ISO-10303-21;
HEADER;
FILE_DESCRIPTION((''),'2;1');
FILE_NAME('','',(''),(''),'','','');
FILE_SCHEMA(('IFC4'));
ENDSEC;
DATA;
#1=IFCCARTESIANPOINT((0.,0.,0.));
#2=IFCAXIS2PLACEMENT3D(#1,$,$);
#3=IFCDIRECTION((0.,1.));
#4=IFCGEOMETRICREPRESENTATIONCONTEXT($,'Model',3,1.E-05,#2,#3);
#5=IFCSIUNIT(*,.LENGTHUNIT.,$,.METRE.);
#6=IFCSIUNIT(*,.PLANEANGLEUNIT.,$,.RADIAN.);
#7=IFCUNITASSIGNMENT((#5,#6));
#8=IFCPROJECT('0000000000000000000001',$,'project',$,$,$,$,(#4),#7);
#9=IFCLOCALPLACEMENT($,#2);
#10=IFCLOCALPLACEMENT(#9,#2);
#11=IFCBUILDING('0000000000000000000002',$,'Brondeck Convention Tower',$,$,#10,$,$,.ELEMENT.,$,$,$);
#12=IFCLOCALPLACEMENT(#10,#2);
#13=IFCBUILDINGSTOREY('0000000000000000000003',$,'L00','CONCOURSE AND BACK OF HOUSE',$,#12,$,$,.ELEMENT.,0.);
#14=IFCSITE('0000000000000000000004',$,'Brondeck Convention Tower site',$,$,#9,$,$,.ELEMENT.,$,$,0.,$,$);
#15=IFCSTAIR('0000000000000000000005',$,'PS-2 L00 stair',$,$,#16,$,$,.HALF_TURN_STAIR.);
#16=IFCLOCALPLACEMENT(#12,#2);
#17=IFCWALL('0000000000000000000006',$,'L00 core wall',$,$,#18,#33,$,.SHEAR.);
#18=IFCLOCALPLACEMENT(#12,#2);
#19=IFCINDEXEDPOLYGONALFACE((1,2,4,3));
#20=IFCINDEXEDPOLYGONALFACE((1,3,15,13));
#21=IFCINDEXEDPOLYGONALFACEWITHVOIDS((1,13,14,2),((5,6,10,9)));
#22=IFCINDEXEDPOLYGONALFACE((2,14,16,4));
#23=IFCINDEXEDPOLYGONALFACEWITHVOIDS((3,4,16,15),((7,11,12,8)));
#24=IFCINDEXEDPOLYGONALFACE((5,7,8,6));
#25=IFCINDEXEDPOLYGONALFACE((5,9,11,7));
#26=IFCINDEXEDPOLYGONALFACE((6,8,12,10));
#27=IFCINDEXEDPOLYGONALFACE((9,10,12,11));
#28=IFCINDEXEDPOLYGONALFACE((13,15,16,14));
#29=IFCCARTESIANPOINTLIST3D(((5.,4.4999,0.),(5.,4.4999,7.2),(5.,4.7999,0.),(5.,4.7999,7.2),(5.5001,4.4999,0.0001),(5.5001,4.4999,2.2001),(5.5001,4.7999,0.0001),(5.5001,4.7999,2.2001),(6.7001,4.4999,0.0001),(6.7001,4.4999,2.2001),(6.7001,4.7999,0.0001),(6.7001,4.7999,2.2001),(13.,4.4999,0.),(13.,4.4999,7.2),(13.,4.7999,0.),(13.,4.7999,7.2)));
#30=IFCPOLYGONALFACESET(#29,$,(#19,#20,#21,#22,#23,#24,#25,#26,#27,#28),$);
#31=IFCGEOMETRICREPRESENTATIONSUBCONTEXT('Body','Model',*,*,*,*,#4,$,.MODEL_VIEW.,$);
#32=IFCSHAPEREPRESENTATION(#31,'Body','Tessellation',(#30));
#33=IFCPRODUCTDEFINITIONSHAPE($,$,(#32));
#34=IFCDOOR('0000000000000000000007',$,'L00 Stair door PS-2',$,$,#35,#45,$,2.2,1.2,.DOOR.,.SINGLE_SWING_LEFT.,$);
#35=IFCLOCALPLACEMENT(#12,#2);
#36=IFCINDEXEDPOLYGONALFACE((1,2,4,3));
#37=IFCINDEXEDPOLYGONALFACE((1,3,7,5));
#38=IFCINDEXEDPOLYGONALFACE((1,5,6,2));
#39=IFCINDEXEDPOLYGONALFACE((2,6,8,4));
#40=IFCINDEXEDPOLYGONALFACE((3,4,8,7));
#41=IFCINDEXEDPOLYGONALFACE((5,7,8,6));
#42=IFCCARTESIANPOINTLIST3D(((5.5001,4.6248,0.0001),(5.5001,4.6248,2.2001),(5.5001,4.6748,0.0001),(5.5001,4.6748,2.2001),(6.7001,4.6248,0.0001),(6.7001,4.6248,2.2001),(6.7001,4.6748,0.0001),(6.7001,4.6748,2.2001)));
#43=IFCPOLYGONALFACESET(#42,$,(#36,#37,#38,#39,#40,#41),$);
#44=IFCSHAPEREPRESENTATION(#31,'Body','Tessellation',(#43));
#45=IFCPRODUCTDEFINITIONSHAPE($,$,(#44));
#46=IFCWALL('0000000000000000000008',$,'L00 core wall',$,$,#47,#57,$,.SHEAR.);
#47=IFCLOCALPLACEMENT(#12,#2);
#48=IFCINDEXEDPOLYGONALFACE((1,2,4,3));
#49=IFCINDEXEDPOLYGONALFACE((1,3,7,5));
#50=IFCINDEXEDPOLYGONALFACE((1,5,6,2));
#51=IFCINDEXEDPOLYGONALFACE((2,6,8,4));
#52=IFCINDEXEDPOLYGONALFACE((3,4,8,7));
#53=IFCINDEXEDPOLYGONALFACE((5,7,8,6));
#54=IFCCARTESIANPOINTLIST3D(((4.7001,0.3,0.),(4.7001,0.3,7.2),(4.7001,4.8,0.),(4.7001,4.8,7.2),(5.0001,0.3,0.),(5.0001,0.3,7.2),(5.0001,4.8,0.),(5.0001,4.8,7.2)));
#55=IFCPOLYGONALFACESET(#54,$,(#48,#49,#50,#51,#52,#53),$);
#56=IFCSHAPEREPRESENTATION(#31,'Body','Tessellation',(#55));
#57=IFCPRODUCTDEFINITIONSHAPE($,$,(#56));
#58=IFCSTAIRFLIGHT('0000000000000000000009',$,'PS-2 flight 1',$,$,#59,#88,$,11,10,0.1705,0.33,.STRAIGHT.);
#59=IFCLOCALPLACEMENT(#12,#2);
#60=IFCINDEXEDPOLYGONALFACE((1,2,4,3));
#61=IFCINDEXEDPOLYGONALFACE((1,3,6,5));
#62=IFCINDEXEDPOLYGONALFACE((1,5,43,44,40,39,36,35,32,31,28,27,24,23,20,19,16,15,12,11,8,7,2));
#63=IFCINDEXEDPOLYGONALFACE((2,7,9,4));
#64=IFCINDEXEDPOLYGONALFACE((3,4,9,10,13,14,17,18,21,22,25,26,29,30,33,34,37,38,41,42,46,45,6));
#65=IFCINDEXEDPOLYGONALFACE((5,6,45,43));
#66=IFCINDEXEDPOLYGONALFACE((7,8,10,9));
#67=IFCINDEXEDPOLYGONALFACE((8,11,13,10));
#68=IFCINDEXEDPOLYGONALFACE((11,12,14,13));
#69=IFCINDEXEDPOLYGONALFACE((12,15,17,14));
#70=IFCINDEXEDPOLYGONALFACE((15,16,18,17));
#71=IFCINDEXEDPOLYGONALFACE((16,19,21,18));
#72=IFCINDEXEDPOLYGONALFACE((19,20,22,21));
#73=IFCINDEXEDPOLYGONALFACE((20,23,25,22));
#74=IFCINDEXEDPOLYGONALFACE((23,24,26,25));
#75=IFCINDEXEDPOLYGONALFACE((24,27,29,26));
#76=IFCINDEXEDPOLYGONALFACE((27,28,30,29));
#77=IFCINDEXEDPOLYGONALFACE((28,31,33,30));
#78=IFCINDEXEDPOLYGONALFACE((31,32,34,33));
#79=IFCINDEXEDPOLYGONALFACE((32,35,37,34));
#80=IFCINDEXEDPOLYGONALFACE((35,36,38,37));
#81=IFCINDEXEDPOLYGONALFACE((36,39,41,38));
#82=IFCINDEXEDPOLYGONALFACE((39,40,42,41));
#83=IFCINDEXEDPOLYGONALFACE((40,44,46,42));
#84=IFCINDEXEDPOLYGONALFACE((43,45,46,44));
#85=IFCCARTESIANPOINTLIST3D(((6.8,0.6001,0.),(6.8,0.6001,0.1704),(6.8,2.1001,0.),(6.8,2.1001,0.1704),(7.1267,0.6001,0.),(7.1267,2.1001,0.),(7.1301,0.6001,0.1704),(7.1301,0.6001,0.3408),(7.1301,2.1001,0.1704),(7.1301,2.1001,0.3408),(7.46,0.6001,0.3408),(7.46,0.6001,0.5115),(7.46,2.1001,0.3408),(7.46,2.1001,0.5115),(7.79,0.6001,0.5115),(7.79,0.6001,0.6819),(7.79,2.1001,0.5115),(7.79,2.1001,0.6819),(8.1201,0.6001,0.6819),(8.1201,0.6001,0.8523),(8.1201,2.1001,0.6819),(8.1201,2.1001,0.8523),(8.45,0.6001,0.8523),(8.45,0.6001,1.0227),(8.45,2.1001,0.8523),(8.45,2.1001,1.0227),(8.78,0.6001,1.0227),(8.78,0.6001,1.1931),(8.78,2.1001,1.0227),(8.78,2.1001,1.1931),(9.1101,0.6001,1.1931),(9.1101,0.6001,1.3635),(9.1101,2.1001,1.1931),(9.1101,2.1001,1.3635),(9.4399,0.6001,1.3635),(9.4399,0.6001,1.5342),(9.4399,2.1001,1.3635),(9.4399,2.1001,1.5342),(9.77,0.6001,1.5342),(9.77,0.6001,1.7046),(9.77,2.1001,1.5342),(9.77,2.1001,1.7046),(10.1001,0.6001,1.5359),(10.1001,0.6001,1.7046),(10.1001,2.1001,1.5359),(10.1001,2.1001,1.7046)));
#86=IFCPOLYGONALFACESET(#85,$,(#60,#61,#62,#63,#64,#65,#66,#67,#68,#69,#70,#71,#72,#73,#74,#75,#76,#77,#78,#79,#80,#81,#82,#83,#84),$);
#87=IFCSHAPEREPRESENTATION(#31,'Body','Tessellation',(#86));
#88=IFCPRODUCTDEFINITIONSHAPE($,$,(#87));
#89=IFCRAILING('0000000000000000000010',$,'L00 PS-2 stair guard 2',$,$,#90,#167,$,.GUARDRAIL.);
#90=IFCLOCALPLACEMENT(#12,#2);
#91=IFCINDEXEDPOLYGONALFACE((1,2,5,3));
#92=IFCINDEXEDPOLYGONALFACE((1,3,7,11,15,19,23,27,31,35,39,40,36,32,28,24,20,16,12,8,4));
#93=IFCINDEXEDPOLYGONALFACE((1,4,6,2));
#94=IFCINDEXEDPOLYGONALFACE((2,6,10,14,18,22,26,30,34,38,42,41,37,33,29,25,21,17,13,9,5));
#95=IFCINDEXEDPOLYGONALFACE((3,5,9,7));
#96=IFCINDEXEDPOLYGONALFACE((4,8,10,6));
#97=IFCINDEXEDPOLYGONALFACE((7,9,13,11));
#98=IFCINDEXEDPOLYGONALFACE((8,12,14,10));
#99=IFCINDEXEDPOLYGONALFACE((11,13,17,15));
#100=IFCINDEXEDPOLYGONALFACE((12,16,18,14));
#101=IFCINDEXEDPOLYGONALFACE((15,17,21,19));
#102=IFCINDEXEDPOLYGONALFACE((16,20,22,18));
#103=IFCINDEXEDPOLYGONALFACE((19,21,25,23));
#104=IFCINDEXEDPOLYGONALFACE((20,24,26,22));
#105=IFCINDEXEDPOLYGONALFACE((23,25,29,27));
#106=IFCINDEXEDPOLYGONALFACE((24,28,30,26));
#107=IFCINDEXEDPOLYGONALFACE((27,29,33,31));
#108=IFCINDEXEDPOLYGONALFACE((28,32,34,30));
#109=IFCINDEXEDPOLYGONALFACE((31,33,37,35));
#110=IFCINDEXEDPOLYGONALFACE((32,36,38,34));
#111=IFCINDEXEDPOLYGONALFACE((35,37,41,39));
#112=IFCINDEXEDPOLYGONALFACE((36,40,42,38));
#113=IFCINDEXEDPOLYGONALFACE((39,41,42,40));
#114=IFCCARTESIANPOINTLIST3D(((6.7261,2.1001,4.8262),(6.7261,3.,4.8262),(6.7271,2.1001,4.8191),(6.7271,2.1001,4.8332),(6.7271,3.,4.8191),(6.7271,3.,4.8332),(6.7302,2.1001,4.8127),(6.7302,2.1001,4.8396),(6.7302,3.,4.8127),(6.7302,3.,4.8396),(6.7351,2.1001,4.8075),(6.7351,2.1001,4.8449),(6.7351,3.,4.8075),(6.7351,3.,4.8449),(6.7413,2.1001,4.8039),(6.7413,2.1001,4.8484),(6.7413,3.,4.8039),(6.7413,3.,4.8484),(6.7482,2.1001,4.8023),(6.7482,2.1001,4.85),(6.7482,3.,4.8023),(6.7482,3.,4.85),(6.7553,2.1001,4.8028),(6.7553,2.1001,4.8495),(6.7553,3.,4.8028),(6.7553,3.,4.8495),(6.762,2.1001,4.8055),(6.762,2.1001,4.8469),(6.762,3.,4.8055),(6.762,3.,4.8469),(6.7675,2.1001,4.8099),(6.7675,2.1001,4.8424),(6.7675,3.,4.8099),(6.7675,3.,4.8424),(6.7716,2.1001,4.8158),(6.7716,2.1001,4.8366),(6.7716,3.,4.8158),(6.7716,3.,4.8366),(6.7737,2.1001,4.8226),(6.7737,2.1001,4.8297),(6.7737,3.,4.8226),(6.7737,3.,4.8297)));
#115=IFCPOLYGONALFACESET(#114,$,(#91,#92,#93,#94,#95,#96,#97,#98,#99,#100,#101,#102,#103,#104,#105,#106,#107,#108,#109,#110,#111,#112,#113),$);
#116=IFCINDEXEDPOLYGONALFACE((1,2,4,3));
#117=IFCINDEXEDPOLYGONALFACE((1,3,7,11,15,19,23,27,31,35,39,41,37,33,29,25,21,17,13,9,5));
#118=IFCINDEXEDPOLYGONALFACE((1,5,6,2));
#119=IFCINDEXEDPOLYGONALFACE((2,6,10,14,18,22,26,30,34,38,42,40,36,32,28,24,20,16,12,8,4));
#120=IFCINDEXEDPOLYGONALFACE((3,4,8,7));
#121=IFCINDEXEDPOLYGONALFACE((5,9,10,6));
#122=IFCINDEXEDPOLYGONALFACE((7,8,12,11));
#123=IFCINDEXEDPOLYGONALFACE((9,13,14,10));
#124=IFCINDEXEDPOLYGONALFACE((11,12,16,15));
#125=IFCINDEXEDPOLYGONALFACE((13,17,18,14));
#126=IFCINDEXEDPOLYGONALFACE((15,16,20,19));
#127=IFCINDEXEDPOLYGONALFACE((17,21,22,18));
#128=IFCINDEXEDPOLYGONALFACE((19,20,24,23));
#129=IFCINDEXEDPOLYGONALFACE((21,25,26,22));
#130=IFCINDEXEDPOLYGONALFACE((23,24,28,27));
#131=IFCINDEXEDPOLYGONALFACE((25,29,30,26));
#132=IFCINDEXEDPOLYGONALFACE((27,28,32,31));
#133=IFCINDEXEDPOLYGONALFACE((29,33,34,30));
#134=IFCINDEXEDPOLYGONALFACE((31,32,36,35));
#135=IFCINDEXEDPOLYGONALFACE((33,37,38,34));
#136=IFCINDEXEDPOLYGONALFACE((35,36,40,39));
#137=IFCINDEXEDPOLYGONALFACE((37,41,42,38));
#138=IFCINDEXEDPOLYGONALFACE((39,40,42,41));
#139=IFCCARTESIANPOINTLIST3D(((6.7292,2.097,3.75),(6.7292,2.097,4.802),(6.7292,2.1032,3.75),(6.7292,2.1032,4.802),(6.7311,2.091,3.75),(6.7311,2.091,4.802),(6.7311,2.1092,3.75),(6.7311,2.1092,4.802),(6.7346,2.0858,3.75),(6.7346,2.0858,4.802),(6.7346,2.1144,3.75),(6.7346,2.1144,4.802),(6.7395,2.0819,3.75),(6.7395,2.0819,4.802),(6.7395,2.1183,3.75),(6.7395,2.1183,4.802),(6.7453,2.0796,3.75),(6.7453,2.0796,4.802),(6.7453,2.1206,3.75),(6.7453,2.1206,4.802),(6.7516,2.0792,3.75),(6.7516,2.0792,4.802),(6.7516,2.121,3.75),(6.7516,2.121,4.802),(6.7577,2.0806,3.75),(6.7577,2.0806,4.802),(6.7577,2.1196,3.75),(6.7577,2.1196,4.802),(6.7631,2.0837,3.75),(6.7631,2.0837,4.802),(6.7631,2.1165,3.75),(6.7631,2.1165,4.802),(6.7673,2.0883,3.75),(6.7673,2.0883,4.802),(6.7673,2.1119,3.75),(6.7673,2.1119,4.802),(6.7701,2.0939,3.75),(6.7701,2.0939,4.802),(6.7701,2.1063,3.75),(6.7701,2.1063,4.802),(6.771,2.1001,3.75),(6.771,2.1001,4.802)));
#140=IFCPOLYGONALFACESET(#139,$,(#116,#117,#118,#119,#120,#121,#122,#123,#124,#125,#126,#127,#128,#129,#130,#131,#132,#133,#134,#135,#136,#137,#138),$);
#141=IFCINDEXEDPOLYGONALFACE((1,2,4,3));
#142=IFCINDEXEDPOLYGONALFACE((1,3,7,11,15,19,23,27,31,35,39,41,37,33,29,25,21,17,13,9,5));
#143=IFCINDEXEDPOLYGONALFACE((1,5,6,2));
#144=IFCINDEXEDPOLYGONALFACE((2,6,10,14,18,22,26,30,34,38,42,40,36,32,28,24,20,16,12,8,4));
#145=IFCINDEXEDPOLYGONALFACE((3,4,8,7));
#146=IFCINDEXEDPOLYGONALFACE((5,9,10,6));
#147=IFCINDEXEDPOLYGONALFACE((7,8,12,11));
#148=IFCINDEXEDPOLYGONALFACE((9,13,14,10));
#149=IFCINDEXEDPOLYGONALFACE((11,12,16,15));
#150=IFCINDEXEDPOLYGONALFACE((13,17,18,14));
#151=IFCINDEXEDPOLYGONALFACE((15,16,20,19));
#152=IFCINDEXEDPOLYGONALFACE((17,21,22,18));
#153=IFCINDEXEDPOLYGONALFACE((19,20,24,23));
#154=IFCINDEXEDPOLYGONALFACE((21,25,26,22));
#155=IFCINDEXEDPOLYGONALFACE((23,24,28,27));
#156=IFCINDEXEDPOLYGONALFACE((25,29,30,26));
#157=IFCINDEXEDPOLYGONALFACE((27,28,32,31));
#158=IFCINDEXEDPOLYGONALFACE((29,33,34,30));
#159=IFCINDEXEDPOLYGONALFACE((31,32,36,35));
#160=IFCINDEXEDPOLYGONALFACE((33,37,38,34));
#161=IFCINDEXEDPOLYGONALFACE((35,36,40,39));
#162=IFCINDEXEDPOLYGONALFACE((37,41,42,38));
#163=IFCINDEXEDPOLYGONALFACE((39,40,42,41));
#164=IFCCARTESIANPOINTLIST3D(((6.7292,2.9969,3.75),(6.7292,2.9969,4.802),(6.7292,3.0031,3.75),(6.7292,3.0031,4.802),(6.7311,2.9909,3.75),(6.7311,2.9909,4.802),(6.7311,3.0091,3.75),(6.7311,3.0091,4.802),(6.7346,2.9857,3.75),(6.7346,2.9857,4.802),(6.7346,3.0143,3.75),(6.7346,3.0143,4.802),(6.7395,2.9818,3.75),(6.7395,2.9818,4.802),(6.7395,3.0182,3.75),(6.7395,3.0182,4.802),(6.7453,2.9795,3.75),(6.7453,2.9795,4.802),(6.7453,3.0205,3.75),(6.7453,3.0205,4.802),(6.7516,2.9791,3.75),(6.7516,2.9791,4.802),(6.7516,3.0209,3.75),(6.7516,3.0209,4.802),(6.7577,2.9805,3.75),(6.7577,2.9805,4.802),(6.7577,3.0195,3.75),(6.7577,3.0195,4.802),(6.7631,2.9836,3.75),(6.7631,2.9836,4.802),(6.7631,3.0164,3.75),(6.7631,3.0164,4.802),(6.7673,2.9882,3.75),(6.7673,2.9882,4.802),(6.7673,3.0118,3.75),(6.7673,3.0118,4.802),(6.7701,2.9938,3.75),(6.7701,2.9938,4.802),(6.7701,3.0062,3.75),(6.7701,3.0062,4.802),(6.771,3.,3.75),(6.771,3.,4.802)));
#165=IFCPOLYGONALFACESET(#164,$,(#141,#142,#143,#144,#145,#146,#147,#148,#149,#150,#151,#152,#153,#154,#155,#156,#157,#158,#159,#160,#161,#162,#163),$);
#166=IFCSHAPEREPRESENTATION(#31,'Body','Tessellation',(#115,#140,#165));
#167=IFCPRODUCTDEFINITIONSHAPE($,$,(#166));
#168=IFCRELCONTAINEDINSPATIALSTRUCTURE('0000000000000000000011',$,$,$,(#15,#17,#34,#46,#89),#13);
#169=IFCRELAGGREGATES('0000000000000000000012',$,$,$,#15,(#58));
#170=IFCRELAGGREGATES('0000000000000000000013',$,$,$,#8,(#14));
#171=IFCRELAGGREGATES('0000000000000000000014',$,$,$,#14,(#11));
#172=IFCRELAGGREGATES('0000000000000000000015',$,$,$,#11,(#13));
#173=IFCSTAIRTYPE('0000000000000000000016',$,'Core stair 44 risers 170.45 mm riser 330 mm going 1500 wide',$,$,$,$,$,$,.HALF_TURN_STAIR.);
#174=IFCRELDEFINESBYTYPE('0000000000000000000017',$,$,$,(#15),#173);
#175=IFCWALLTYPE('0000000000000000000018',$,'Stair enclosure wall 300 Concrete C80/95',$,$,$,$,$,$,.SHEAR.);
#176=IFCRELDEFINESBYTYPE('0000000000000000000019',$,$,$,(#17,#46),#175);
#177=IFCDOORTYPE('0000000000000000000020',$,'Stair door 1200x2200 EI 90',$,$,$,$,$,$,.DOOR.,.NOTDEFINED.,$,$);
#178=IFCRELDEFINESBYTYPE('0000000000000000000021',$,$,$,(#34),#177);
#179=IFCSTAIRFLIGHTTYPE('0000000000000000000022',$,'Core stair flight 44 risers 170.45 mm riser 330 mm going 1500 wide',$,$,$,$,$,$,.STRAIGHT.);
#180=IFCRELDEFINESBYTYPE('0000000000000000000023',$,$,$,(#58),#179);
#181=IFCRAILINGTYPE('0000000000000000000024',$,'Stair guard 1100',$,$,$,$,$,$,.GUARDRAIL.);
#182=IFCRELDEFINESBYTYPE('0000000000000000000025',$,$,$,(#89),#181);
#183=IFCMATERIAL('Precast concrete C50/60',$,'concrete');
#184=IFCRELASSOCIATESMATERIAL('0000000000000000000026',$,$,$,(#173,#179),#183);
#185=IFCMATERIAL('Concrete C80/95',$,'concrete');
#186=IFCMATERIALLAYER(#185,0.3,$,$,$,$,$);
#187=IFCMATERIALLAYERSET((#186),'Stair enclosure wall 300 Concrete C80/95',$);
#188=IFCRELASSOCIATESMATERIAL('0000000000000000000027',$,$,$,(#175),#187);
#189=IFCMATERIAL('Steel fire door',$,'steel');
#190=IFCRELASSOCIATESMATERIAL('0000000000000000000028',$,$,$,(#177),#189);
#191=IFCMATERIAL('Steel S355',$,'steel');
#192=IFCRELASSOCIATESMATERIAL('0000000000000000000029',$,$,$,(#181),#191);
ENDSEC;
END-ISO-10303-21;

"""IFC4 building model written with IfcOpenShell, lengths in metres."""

from ifc_helpers import new_model, si_unit, direction, frame, frame_2d, origin, origin_2d, place, context, subcontext, project, spatial, polyline, rectangle, circle, outline, extrude, material, layer, layer_set, type_object, element, fill, aggregate, save


model = new_model("IFC4")

# Units and contexts
model_context = context("Model", 3, precision=1e-05, world=origin(), true_north=direction((0.0, 1.0)))
body_context = subcontext(model_context, "Body", "Model", "MODEL_VIEW")
ifc_project = project(units=[si_unit("LENGTHUNIT", "METRE"), si_unit("PLANEANGLEUNIT", "RADIAN")], contexts=[model_context])

# Site, building, storey
site_placement = place(None, origin())
site = spatial("IfcSite", under=ifc_project, at=site_placement, Name="Brondeck Convention Tower site", CompositionType="ELEMENT", RefElevation=0.0)
building_placement = place(site_placement, origin())
building = spatial("IfcBuilding", under=site, at=building_placement, Name="Brondeck Convention Tower", CompositionType="ELEMENT")
storey_placement = place(building_placement, origin())
storey = spatial("IfcBuildingStorey", under=building, at=storey_placement, Name="L00", Description="CONCOURSE AND BACK OF HOUSE", CompositionType="ELEMENT", Elevation=0.0)

# Shared definitions
ifc_material_1 = material(Name="Concrete C80/95", Category="concrete")

# Stair
ifc_material_2 = material(Name="Precast concrete C50/60", Category="concrete")
stair_type = type_object("IfcStairType", Name="Core stair 44 risers 170.45 mm riser 330 mm going 1500 wide", PredefinedType="HALF_TURN_STAIR", material=ifc_material_2)
stair_placement = place(storey_placement, origin())
stair = element("IfcStair", 1, at=stair_placement, inside=storey, type_object=stair_type, Name="PS-2 L00 stair", PredefinedType="HALF_TURN_STAIR")

# Wall, opening, door
ifc_layer_1 = layer(ifc_material_1, 0.3)
ifc_layer_set_1 = layer_set([ifc_layer_1], Name="Stair enclosure wall 300 Concrete C80/95")
wall_type_1 = type_object("IfcWallType", Name="Stair enclosure wall 300 Concrete C80/95", PredefinedType="SHEAR", material=ifc_layer_set_1)
ifc_material_3 = material(Name="Steel fire door", Category="steel")
wall_1_placement = place(storey_placement, frame((5.0, 4.6499, 0.0), z_axis=(0.0, 0.0, 1.0), x_axis=(1.0, 0.0, 0.0)))
wall_1 = element("IfcWall", 2, at=wall_1_placement, inside=storey, type_object=wall_type_1, Name="L00 core wall", PredefinedType="SHEAR", context=body_context, shape_type="SweptSolid", body=[
    extrude(rectangle(XDim=8.0, YDim=0.3, at=frame_2d((4.0, 0.0))), origin(), (0.0, 0.0, 1.0), 7.2),
])
opening_1_placement = place(wall_1_placement, frame((0.5, 0.0, 0.0)))
opening_1 = element("IfcOpeningElement", 3, at=opening_1_placement, cuts=wall_1, PredefinedType="OPENING", context=body_context, shape_type="SweptSolid", body=[
    extrude(rectangle(XDim=1.2, YDim=2.2, at=frame_2d((0.6001, 1.1001))), frame((0.0, 0.1599, 0.0), z_axis=(0.0, -1.0, 0.0), x_axis=(1.0, 0.0, 0.0)), (0.0, 0.0, 1.0), 0.3201),
])
door_type_1 = type_object("IfcDoorType", Name="Stair door 1200x2200 EI 90", OperationType="NOTDEFINED", PredefinedType="DOOR", material=ifc_material_3)
door_1_placement = place(opening_1_placement, origin())
door_1 = element("IfcDoor", 4, at=door_1_placement, inside=storey, type_object=door_type_1, Name="L00 Stair door PS-2", OperationType="SINGLE_SWING_LEFT", OverallHeight=2.2, OverallWidth=1.2, PredefinedType="DOOR", context=body_context, shape_type="SweptSolid", body=[
    extrude(rectangle(XDim=1.2, YDim=2.2, at=frame_2d((0.6001, 1.1001))), frame((0.0, 0.0249, 0.0), z_axis=(0.0, -1.0, 0.0), x_axis=(1.0, 0.0, 0.0)), (0.0, 0.0, 1.0), 0.05),
])
fill(opening_1, door_1)

# Wall
wall_2_placement = place(storey_placement, frame((4.8501, 0.3, 0.0), z_axis=(0.0, 0.0, 1.0), x_axis=(0.0, 1.0, 0.0)))
element("IfcWall", 5, at=wall_2_placement, inside=storey, type_object=wall_type_1, Name="L00 core wall", PredefinedType="SHEAR", context=body_context, shape_type="SweptSolid", body=[
    extrude(rectangle(XDim=4.5, YDim=0.3, at=frame_2d((2.25, 0.0))), origin(), (0.0, 0.0, 1.0), 7.2),
])

# Stair flight
stair_flight_type = type_object("IfcStairFlightType", Name="Core stair flight 44 risers 170.45 mm riser 330 mm going 1500 wide", PredefinedType="STRAIGHT", material=ifc_material_2)
stair_flight_placement = place(storey_placement, frame((6.8, 1.3501, 0.0), z_axis=(0.0, 0.0, 1.0), x_axis=(1.0, 0.0, 0.0)))
stair_flight = element("IfcStairFlight", 6, at=stair_flight_placement, type_object=stair_flight_type, Name="PS-2 flight 1", NumberOfRisers=11, NumberOfTreads=10, PredefinedType="STRAIGHT", RiserHeight=0.1705, TreadLength=0.33, context=body_context, shape_type="SweptSolid", body=[
    extrude(outline(polyline([(0.0, 0.0), (0.0, 0.1704), (0.3301, 0.1704), (0.3301, 0.3408), (0.6599, 0.3408), (0.6599, 0.5115), (0.99, 0.5115), (0.99, 0.6819), (1.3201, 0.6819), (1.3201, 0.8523), (1.6499, 0.8523), (1.6499, 1.0227), (1.98, 1.0227), (1.98, 1.1931), (2.3101, 1.1931), (2.3101, 1.3635), (2.6399, 1.3635), (2.6399, 1.5342), (2.97, 1.5342), (2.97, 1.7046), (3.3, 1.7046), (3.3, 1.875), (3.3, 1.5359), (0.3267, 0.0), (0.0, 0.0)])), frame((0.0, 0.75, 0.0), z_axis=(0.0, -1.0, 0.0), x_axis=(1.0, 0.0, 0.0)), (0.0, 0.0, 1.0), 1.5),
])
aggregate(stair, [stair_flight])

# Railing
ifc_material_4 = material(Name="Steel S355", Category="steel")
railing_type_1 = type_object("IfcRailingType", Name="Stair guard 1100", PredefinedType="GUARDRAIL", material=ifc_material_4)
for number, where, name in (
    (7, (6.75, 2.1001, 3.75), "L00 PS-2 stair guard 2"),
):
    element("IfcRailing", number, at=place(storey_placement, frame(where)), inside=storey, type_object=railing_type_1, Name=name, PredefinedType="GUARDRAIL", context=body_context, shape_type="SweptSolid", body=[
        extrude(circle(Radius=0.0239, at=origin_2d()), frame((0.0, 0.0, 1.0762), z_axis=(0.0, 1.0, 0.0), x_axis=(-1.0, 0.0, 0.0)), (0.0, 0.0, 1.0), 0.8999),
        extrude(circle(Radius=0.021, at=origin_2d()), origin(), (0.0, 0.0, 1.0), 1.052),
        extrude(circle(Radius=0.021, at=origin_2d()), frame((0.0, 0.8999, 0.0)), (0.0, 0.0, 1.0), 1.052),
    ])

save(model, "model.ifc")
